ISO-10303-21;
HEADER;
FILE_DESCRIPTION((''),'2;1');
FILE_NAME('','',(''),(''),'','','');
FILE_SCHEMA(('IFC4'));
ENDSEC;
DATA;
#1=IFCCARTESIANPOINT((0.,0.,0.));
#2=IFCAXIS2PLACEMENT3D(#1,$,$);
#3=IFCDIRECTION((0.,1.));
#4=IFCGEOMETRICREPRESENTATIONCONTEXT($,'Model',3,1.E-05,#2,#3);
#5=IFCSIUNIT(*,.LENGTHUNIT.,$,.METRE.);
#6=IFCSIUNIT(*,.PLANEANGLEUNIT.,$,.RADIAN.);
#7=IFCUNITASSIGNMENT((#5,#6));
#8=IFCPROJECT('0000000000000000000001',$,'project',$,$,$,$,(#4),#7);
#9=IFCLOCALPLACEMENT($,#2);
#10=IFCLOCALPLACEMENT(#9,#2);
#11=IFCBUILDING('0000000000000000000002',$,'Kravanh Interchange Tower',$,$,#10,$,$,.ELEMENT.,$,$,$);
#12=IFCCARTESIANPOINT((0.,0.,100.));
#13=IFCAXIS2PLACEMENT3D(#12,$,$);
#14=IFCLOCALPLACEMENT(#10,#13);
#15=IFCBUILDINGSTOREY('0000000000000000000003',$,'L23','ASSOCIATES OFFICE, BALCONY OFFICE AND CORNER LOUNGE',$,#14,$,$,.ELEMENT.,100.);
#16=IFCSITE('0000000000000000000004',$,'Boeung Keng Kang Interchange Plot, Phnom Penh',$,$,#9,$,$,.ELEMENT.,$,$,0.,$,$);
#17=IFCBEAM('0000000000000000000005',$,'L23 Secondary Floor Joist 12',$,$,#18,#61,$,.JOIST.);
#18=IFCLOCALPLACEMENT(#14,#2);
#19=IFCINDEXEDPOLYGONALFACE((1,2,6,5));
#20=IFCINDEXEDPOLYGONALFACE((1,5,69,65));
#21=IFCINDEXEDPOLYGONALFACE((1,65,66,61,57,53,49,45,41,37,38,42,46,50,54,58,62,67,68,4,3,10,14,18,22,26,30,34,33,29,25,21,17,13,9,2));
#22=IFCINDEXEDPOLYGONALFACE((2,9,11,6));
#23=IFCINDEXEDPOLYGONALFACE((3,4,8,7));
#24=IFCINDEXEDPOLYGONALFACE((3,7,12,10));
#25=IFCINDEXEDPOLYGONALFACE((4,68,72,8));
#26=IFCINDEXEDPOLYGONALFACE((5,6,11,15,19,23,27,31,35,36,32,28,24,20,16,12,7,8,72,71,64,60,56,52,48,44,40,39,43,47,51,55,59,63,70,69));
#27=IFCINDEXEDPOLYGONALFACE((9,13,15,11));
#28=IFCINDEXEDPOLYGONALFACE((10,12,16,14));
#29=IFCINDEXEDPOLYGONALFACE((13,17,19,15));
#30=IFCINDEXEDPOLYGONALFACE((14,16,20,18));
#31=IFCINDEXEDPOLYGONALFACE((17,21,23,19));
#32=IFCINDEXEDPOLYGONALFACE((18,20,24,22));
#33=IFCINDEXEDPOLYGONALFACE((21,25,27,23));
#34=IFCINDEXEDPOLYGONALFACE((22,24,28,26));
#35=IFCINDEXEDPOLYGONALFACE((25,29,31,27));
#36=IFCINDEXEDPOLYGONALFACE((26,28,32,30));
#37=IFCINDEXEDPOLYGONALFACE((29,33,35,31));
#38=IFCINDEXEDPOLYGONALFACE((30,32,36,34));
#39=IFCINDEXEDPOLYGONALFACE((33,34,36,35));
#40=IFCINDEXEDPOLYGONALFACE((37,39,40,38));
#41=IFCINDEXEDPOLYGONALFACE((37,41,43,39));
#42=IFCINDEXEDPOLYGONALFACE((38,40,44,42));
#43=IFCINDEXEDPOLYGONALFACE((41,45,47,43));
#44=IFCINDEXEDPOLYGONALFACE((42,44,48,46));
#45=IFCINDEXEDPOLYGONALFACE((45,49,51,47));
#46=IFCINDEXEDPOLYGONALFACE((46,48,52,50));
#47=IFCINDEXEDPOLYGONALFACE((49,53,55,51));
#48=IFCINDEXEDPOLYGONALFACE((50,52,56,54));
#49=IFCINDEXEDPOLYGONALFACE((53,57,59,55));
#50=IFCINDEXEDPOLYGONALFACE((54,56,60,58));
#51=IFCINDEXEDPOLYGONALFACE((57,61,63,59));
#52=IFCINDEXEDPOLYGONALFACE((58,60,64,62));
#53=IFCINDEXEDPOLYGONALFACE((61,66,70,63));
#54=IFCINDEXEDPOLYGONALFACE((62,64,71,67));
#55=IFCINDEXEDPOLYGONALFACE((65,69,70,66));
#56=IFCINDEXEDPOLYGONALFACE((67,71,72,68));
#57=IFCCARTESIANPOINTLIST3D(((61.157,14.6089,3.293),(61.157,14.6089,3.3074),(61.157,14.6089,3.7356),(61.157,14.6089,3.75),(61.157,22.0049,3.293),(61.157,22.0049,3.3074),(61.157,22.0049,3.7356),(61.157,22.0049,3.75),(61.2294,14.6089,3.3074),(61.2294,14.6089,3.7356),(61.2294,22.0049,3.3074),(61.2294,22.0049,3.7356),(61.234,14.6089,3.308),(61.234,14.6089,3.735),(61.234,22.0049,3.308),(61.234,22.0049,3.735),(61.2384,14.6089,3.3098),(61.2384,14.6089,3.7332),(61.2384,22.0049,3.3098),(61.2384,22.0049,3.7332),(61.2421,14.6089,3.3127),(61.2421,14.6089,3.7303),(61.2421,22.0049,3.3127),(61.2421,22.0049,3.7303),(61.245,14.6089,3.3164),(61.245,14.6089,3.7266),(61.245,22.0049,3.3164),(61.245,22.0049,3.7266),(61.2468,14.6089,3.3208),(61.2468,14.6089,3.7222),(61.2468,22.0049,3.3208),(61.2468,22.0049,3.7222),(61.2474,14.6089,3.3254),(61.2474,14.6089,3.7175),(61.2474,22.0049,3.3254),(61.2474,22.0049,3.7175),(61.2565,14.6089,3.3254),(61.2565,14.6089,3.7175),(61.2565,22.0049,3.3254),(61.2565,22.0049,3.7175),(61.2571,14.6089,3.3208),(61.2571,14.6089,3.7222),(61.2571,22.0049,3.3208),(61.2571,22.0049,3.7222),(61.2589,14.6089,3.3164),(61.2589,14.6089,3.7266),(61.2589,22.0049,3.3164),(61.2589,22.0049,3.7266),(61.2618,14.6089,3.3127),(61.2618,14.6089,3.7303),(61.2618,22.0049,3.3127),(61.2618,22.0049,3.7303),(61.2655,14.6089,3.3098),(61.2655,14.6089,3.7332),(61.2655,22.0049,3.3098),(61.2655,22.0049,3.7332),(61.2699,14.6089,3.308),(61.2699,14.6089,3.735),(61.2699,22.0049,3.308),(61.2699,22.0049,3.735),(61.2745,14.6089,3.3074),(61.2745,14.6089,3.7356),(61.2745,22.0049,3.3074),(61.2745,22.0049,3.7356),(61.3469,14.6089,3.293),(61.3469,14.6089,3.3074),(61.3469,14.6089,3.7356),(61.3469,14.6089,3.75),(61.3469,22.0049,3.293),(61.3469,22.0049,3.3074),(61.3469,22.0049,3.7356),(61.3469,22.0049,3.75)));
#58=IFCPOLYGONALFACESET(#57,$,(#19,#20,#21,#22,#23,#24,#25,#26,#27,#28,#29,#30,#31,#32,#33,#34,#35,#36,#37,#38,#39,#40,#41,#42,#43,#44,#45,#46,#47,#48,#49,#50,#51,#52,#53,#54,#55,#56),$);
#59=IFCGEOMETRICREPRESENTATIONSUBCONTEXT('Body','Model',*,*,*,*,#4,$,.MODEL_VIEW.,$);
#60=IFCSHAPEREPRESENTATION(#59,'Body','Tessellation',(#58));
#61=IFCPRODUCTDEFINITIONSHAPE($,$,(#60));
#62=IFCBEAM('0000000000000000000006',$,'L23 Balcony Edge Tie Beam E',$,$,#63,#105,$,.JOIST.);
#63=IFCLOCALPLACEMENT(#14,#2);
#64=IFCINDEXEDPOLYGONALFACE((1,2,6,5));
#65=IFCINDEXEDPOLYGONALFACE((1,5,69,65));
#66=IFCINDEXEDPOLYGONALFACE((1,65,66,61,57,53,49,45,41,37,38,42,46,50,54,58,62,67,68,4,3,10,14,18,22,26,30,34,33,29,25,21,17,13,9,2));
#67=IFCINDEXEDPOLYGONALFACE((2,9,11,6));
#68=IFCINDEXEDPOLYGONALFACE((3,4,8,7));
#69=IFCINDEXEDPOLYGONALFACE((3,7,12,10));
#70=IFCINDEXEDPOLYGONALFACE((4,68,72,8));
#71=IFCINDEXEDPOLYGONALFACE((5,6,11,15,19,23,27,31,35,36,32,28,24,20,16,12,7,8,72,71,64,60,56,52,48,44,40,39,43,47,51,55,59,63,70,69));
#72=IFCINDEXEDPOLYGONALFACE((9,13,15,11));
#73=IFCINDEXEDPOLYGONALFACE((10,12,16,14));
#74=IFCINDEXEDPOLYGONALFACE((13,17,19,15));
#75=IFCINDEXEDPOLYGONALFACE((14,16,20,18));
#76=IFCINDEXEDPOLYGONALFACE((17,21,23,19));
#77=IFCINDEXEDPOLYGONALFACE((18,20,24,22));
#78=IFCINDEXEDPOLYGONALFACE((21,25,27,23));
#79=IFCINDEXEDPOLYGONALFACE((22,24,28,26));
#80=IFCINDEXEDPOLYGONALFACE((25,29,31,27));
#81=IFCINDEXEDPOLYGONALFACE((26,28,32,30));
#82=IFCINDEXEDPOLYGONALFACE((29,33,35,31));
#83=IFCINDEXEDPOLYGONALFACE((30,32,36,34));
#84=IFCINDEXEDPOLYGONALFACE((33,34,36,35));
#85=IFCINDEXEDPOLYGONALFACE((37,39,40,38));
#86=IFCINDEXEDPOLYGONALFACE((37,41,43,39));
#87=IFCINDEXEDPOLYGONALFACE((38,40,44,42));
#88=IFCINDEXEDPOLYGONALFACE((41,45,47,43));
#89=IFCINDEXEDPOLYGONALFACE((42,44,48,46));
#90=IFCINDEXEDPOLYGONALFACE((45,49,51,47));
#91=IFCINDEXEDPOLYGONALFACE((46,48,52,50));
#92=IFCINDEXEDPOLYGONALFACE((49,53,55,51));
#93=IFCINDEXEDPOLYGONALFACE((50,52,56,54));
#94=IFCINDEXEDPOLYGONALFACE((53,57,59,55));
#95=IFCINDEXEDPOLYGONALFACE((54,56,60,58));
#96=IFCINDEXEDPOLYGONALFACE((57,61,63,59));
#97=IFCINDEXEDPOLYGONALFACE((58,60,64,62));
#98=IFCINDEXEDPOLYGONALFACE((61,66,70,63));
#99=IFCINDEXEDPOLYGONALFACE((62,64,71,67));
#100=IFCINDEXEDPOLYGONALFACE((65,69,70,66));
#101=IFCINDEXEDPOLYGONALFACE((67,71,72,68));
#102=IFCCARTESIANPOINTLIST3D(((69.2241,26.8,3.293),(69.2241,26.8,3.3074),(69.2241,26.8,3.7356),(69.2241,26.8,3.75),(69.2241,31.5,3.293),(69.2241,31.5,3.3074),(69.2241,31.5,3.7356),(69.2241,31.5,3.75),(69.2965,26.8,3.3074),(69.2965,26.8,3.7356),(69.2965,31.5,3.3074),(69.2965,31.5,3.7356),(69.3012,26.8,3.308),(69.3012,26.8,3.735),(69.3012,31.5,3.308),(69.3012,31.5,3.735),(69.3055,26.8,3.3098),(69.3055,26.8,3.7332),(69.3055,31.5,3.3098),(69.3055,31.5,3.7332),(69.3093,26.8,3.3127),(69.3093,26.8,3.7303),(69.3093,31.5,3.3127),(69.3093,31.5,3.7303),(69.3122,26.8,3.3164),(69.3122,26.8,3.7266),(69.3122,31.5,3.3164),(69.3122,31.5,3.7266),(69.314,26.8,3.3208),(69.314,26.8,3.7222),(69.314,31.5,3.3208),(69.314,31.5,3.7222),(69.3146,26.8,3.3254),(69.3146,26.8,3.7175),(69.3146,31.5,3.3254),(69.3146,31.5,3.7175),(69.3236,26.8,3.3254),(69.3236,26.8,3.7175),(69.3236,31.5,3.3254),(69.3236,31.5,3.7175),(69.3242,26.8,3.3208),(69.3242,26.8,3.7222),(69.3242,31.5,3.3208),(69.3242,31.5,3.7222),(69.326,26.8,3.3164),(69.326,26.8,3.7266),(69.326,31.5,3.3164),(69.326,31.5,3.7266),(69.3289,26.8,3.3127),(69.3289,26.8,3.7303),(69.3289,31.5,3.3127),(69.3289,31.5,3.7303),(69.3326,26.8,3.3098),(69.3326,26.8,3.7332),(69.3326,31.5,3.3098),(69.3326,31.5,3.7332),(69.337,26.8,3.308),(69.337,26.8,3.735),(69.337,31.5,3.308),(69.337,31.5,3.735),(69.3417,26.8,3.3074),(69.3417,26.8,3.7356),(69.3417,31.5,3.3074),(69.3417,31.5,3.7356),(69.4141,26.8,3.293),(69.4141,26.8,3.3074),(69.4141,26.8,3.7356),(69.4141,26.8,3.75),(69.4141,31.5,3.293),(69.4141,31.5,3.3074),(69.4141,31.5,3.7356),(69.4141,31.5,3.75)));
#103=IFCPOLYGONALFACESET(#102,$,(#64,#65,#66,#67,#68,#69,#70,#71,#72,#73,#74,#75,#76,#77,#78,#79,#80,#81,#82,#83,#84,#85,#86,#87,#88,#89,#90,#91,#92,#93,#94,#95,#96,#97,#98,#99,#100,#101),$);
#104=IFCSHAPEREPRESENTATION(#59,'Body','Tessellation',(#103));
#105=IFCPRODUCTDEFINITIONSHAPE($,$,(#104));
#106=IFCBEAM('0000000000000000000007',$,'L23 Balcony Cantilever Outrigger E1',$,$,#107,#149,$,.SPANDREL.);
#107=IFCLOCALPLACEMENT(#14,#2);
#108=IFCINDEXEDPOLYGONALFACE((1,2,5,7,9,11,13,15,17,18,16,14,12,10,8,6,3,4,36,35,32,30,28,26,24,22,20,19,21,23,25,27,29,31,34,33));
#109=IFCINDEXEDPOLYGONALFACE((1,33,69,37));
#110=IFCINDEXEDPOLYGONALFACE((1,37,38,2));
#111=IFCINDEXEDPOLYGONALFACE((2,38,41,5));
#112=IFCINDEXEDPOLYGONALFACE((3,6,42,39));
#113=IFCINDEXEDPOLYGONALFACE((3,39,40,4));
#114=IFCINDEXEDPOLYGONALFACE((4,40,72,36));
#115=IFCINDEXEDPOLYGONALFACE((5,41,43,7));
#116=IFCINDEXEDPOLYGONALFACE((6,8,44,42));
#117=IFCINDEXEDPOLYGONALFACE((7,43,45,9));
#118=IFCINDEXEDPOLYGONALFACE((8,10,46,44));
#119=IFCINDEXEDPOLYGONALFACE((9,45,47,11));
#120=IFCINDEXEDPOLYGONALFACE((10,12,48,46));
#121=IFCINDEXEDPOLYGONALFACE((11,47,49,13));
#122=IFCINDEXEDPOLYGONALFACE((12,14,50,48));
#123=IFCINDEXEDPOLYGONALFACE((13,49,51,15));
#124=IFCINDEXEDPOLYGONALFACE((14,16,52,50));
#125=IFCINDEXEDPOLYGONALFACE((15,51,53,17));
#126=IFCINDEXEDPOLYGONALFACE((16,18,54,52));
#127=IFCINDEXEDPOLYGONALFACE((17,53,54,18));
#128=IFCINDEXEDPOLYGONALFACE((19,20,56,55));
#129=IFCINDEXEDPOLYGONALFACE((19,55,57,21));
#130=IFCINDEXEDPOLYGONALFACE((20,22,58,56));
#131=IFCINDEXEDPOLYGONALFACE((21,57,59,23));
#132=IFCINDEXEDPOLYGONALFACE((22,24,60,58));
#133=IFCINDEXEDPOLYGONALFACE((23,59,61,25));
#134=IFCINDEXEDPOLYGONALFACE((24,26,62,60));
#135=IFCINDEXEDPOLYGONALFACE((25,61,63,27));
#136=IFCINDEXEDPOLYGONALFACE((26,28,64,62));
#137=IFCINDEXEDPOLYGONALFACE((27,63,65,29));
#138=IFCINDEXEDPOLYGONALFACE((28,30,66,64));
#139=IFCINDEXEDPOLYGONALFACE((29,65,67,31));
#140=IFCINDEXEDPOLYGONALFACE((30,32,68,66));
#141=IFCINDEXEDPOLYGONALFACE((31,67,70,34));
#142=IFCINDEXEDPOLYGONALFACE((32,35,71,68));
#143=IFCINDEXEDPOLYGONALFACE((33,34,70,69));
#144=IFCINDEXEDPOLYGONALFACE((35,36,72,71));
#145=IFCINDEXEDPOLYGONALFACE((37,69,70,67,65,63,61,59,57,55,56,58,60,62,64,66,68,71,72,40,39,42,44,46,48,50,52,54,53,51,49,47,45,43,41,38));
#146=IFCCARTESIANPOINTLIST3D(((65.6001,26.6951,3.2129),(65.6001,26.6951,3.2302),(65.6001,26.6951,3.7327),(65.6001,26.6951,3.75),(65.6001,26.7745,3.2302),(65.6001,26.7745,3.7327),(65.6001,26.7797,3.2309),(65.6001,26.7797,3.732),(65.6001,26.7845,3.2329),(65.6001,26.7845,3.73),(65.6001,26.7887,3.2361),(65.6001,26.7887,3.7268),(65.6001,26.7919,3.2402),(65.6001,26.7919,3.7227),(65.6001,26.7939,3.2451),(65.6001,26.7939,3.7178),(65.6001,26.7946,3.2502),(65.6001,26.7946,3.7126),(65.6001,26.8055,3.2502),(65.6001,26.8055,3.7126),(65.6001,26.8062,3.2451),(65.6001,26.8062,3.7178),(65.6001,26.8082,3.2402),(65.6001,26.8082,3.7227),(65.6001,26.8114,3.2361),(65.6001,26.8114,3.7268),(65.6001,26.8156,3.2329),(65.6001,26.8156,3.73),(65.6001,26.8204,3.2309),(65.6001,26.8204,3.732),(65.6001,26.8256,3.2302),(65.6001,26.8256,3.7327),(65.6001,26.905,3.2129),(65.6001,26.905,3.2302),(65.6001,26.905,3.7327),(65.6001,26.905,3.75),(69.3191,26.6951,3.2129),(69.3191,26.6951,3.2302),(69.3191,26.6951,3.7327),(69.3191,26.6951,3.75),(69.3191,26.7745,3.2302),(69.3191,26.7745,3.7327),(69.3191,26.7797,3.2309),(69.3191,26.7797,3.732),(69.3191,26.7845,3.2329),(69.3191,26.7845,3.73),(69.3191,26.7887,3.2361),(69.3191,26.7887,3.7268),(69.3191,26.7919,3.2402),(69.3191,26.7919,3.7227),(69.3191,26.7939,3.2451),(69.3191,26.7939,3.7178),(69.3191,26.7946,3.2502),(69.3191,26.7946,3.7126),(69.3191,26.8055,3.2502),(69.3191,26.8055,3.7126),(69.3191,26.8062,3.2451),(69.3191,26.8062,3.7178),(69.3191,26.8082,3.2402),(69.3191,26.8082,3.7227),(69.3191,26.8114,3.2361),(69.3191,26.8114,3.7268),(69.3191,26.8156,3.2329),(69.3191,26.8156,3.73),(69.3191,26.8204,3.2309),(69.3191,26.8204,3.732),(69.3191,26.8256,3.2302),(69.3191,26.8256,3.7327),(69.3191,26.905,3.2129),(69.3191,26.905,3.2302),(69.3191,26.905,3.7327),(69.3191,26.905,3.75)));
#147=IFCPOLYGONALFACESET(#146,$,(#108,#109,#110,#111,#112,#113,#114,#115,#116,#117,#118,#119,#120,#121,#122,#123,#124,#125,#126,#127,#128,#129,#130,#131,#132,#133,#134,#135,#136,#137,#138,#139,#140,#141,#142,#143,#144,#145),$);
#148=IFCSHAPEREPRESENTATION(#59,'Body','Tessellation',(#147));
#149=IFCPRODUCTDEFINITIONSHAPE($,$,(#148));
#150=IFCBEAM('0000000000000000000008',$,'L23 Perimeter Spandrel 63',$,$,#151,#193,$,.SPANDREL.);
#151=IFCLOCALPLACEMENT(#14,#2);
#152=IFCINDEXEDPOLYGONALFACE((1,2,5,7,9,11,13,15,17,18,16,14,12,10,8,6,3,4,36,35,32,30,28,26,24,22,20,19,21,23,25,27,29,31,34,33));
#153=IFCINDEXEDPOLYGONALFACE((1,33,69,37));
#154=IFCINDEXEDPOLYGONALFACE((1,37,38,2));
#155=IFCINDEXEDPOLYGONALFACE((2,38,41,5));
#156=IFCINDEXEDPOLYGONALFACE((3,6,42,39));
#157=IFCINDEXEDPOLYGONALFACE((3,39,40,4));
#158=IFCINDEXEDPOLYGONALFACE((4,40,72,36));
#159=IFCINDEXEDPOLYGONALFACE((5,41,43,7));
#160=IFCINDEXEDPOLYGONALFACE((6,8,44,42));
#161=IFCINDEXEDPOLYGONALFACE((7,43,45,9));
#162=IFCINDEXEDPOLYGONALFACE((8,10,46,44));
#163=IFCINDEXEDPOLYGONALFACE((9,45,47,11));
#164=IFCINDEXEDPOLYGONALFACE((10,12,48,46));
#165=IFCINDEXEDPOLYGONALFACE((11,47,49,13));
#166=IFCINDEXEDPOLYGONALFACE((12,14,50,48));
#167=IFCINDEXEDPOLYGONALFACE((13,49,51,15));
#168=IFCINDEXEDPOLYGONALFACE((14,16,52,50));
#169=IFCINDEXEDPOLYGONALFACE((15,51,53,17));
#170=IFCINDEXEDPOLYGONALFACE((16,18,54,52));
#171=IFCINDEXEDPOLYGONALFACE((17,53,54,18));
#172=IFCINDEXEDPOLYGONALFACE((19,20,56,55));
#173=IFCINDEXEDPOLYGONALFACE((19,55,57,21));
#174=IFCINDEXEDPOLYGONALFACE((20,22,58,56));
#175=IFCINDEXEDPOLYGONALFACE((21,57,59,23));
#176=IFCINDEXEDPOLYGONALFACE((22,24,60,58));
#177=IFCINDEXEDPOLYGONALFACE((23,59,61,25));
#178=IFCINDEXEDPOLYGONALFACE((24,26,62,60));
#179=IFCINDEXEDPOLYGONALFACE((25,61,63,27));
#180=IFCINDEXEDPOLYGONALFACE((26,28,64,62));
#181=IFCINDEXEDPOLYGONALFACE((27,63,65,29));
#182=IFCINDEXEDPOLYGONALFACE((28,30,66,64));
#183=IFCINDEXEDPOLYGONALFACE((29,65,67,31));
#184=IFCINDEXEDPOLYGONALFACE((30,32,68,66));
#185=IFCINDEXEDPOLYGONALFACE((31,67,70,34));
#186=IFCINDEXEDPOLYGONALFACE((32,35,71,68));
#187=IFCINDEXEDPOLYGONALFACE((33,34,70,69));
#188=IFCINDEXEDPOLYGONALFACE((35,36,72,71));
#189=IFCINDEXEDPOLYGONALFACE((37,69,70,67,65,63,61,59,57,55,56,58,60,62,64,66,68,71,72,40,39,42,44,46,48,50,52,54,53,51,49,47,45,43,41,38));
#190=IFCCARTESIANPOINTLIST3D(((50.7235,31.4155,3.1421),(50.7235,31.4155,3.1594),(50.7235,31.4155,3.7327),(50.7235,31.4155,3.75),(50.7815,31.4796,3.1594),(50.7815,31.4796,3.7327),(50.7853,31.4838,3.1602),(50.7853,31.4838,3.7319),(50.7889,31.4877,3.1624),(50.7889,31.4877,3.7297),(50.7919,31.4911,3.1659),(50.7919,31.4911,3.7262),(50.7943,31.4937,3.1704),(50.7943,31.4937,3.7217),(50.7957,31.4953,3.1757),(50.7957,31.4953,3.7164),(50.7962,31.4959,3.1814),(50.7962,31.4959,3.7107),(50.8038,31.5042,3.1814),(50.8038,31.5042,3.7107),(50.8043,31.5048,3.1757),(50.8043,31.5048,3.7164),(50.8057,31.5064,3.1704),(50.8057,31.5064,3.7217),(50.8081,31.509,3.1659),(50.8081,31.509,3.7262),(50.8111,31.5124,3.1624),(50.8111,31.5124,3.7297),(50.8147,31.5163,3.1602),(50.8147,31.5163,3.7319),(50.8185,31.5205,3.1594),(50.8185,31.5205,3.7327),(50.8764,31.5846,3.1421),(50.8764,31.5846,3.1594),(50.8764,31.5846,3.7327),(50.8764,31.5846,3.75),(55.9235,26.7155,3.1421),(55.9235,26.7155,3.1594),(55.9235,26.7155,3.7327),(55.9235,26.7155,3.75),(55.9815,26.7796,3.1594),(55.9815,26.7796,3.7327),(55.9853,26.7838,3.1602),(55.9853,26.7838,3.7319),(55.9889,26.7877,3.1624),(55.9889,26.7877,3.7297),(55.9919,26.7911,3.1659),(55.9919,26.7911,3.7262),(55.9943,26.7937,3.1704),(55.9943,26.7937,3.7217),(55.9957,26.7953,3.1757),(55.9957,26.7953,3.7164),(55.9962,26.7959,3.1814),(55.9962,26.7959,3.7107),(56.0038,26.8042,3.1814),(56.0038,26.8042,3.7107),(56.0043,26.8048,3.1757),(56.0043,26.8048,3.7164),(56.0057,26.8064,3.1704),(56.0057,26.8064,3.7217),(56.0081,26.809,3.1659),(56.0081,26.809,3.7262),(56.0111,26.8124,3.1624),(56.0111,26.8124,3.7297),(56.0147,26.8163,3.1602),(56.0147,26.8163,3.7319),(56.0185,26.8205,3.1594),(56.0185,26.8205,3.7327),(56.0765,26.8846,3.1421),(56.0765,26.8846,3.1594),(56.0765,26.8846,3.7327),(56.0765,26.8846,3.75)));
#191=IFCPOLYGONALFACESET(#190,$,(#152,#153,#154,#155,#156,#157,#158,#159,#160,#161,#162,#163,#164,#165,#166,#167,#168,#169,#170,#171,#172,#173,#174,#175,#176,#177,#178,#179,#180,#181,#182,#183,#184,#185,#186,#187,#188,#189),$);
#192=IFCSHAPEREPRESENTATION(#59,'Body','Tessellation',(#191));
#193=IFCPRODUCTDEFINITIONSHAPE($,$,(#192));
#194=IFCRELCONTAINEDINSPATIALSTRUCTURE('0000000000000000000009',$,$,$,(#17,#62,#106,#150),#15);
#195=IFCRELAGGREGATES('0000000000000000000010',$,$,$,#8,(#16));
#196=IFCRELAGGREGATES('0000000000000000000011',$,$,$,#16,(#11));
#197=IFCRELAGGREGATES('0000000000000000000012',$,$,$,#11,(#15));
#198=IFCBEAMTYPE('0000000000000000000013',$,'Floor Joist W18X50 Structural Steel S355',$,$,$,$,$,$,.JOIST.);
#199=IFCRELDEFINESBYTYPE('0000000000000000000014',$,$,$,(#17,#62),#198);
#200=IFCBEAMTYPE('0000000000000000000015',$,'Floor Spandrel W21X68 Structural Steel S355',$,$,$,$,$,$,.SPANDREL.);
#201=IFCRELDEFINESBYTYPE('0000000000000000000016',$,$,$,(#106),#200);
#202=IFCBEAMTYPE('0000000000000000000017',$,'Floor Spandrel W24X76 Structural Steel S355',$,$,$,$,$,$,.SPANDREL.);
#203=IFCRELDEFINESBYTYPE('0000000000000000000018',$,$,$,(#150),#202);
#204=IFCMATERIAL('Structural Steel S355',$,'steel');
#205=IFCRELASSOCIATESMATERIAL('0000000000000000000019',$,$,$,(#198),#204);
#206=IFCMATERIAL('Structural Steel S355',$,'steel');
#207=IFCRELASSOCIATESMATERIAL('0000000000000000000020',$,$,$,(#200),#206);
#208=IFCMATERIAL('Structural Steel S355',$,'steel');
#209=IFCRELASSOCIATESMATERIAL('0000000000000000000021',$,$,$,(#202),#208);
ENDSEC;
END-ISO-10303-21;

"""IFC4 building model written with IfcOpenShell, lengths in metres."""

from ifc_helpers import new_model, si_unit, direction, frame, origin, origin_2d, place, context, subcontext, project, spatial, i_section, extrude, material, material_profile, profile_set, type_object, element, save


model = new_model("IFC4")

# Units and contexts
model_context = context("Model", 3, precision=1e-05, world=origin(), true_north=direction((0.0, 1.0)))
body_context = subcontext(model_context, "Body", "Model", "MODEL_VIEW")
ifc_project = project(units=[si_unit("LENGTHUNIT", "METRE"), si_unit("PLANEANGLEUNIT", "RADIAN")], contexts=[model_context])

# Site, building, storey
site_placement = place(None, origin())
site = spatial("IfcSite", under=ifc_project, at=site_placement, Name="Boeung Keng Kang Interchange Plot, Phnom Penh", CompositionType="ELEMENT", RefElevation=0.0)
building_placement = place(site_placement, origin())
building = spatial("IfcBuilding", under=site, at=building_placement, Name="Kravanh Interchange Tower", CompositionType="ELEMENT")
storey_placement = place(building_placement, frame((0.0, 0.0, 100.0)))
storey = spatial("IfcBuildingStorey", under=building, at=storey_placement, Name="L23", Description="ASSOCIATES OFFICE, BALCONY OFFICE AND CORNER LOUNGE", CompositionType="ELEMENT", Elevation=100.0)

# Beams
ifc_material_1 = material(Name="Structural Steel S355", Category="steel")
ifc_material_profile_1 = material_profile(ifc_material_1, i_section(OverallWidth=0.1899, OverallDepth=0.457, WebThickness=0.009, FlangeThickness=0.0144, FilletRadius=0.0181, at=origin_2d()), Name="W18X50")
ifc_profile_set_1 = profile_set([ifc_material_profile_1], Name="Structural Steel S355")
beam_type_1 = type_object("IfcBeamType", Name="Floor Joist W18X50 Structural Steel S355", PredefinedType="JOIST", material=ifc_profile_set_1)
for number, where, z_axis, x_axis, name in (
    (1, (61.252, 14.6089, 3.5215), (0.0, 1.0, 0.0), (-1.0, 0.0, 0.0), "L23 Secondary Floor Joist 12"),
):
    element("IfcBeam", number, at=place(storey_placement, frame(where, z_axis=z_axis, x_axis=x_axis)), inside=storey, type_object=beam_type_1, Name=name, PredefinedType="JOIST", context=body_context, shape_type="SweptSolid", body=[
        extrude(i_section(OverallWidth=0.1899, OverallDepth=0.457, WebThickness=0.009, FlangeThickness=0.0144, FilletRadius=0.0181, at=origin_2d()), origin(), (0.0, 0.0, 1.0), 7.396),
    ])
beam_1_placement = place(storey_placement, frame((69.3191, 26.8, 3.5215), z_axis=(0.0, 1.0, 0.0), x_axis=(-1.0, 0.0, 0.0)))
element("IfcBeam", 2, at=beam_1_placement, inside=storey, type_object=beam_type_1, Name="L23 Balcony Edge Tie Beam E", PredefinedType="JOIST", context=body_context, shape_type="SweptSolid", body=[
    extrude(i_section(OverallWidth=0.1899, OverallDepth=0.457, WebThickness=0.009, FlangeThickness=0.0144, FilletRadius=0.0181, at=origin_2d()), origin(), (0.0, 0.0, 1.0), 4.7),
])
ifc_material_2 = material(Name="Structural Steel S355", Category="steel")
ifc_material_profile_2 = material_profile(ifc_material_2, i_section(OverallWidth=0.21, OverallDepth=0.5371, WebThickness=0.011, FlangeThickness=0.0173, FilletRadius=0.02, at=origin_2d()), Name="W21X68")
ifc_profile_set_2 = profile_set([ifc_material_profile_2], Name="Structural Steel S355")
beam_type_2 = type_object("IfcBeamType", Name="Floor Spandrel W21X68 Structural Steel S355", PredefinedType="SPANDREL", material=ifc_profile_set_2)
beam_2_placement = place(storey_placement, frame((65.6001, 26.8, 3.4814), z_axis=(1.0, 0.0, 0.0), x_axis=(0.0, 1.0, 0.0)))
element("IfcBeam", 3, at=beam_2_placement, inside=storey, type_object=beam_type_2, Name="L23 Balcony Cantilever Outrigger E1", PredefinedType="SPANDREL", context=body_context, shape_type="SweptSolid", body=[
    extrude(i_section(OverallWidth=0.21, OverallDepth=0.5371, WebThickness=0.011, FlangeThickness=0.0173, FilletRadius=0.02, at=origin_2d()), origin(), (0.0, 0.0, 1.0), 3.719),
])
ifc_material_3 = material(Name="Structural Steel S355", Category="steel")
ifc_material_profile_3 = material_profile(ifc_material_3, i_section(OverallWidth=0.228, OverallDepth=0.6079, WebThickness=0.0112, FlangeThickness=0.0173, FilletRadius=0.022, at=origin_2d()), Name="W24X76")
ifc_profile_set_3 = profile_set([ifc_material_profile_3], Name="Structural Steel S355")
beam_type_3 = type_object("IfcBeamType", Name="Floor Spandrel W24X76 Structural Steel S355", PredefinedType="SPANDREL", material=ifc_profile_set_3)
beam_3_placement = place(storey_placement, frame((56.0, 26.8, 3.446), z_axis=(-0.741874, 0.670539, 0.0), x_axis=(-0.670539, -0.741874, 0.0)))
element("IfcBeam", 4, at=beam_3_placement, inside=storey, type_object=beam_type_3, Name="L23 Perimeter Spandrel 63", PredefinedType="SPANDREL", context=body_context, shape_type="SweptSolid", body=[
    extrude(i_section(OverallWidth=0.228, OverallDepth=0.6079, WebThickness=0.0112, FlangeThickness=0.0173, FilletRadius=0.022, at=origin_2d()), origin(), (0.0, 0.0, 1.0), 7.0093),
])

save(model, "model.ifc")
